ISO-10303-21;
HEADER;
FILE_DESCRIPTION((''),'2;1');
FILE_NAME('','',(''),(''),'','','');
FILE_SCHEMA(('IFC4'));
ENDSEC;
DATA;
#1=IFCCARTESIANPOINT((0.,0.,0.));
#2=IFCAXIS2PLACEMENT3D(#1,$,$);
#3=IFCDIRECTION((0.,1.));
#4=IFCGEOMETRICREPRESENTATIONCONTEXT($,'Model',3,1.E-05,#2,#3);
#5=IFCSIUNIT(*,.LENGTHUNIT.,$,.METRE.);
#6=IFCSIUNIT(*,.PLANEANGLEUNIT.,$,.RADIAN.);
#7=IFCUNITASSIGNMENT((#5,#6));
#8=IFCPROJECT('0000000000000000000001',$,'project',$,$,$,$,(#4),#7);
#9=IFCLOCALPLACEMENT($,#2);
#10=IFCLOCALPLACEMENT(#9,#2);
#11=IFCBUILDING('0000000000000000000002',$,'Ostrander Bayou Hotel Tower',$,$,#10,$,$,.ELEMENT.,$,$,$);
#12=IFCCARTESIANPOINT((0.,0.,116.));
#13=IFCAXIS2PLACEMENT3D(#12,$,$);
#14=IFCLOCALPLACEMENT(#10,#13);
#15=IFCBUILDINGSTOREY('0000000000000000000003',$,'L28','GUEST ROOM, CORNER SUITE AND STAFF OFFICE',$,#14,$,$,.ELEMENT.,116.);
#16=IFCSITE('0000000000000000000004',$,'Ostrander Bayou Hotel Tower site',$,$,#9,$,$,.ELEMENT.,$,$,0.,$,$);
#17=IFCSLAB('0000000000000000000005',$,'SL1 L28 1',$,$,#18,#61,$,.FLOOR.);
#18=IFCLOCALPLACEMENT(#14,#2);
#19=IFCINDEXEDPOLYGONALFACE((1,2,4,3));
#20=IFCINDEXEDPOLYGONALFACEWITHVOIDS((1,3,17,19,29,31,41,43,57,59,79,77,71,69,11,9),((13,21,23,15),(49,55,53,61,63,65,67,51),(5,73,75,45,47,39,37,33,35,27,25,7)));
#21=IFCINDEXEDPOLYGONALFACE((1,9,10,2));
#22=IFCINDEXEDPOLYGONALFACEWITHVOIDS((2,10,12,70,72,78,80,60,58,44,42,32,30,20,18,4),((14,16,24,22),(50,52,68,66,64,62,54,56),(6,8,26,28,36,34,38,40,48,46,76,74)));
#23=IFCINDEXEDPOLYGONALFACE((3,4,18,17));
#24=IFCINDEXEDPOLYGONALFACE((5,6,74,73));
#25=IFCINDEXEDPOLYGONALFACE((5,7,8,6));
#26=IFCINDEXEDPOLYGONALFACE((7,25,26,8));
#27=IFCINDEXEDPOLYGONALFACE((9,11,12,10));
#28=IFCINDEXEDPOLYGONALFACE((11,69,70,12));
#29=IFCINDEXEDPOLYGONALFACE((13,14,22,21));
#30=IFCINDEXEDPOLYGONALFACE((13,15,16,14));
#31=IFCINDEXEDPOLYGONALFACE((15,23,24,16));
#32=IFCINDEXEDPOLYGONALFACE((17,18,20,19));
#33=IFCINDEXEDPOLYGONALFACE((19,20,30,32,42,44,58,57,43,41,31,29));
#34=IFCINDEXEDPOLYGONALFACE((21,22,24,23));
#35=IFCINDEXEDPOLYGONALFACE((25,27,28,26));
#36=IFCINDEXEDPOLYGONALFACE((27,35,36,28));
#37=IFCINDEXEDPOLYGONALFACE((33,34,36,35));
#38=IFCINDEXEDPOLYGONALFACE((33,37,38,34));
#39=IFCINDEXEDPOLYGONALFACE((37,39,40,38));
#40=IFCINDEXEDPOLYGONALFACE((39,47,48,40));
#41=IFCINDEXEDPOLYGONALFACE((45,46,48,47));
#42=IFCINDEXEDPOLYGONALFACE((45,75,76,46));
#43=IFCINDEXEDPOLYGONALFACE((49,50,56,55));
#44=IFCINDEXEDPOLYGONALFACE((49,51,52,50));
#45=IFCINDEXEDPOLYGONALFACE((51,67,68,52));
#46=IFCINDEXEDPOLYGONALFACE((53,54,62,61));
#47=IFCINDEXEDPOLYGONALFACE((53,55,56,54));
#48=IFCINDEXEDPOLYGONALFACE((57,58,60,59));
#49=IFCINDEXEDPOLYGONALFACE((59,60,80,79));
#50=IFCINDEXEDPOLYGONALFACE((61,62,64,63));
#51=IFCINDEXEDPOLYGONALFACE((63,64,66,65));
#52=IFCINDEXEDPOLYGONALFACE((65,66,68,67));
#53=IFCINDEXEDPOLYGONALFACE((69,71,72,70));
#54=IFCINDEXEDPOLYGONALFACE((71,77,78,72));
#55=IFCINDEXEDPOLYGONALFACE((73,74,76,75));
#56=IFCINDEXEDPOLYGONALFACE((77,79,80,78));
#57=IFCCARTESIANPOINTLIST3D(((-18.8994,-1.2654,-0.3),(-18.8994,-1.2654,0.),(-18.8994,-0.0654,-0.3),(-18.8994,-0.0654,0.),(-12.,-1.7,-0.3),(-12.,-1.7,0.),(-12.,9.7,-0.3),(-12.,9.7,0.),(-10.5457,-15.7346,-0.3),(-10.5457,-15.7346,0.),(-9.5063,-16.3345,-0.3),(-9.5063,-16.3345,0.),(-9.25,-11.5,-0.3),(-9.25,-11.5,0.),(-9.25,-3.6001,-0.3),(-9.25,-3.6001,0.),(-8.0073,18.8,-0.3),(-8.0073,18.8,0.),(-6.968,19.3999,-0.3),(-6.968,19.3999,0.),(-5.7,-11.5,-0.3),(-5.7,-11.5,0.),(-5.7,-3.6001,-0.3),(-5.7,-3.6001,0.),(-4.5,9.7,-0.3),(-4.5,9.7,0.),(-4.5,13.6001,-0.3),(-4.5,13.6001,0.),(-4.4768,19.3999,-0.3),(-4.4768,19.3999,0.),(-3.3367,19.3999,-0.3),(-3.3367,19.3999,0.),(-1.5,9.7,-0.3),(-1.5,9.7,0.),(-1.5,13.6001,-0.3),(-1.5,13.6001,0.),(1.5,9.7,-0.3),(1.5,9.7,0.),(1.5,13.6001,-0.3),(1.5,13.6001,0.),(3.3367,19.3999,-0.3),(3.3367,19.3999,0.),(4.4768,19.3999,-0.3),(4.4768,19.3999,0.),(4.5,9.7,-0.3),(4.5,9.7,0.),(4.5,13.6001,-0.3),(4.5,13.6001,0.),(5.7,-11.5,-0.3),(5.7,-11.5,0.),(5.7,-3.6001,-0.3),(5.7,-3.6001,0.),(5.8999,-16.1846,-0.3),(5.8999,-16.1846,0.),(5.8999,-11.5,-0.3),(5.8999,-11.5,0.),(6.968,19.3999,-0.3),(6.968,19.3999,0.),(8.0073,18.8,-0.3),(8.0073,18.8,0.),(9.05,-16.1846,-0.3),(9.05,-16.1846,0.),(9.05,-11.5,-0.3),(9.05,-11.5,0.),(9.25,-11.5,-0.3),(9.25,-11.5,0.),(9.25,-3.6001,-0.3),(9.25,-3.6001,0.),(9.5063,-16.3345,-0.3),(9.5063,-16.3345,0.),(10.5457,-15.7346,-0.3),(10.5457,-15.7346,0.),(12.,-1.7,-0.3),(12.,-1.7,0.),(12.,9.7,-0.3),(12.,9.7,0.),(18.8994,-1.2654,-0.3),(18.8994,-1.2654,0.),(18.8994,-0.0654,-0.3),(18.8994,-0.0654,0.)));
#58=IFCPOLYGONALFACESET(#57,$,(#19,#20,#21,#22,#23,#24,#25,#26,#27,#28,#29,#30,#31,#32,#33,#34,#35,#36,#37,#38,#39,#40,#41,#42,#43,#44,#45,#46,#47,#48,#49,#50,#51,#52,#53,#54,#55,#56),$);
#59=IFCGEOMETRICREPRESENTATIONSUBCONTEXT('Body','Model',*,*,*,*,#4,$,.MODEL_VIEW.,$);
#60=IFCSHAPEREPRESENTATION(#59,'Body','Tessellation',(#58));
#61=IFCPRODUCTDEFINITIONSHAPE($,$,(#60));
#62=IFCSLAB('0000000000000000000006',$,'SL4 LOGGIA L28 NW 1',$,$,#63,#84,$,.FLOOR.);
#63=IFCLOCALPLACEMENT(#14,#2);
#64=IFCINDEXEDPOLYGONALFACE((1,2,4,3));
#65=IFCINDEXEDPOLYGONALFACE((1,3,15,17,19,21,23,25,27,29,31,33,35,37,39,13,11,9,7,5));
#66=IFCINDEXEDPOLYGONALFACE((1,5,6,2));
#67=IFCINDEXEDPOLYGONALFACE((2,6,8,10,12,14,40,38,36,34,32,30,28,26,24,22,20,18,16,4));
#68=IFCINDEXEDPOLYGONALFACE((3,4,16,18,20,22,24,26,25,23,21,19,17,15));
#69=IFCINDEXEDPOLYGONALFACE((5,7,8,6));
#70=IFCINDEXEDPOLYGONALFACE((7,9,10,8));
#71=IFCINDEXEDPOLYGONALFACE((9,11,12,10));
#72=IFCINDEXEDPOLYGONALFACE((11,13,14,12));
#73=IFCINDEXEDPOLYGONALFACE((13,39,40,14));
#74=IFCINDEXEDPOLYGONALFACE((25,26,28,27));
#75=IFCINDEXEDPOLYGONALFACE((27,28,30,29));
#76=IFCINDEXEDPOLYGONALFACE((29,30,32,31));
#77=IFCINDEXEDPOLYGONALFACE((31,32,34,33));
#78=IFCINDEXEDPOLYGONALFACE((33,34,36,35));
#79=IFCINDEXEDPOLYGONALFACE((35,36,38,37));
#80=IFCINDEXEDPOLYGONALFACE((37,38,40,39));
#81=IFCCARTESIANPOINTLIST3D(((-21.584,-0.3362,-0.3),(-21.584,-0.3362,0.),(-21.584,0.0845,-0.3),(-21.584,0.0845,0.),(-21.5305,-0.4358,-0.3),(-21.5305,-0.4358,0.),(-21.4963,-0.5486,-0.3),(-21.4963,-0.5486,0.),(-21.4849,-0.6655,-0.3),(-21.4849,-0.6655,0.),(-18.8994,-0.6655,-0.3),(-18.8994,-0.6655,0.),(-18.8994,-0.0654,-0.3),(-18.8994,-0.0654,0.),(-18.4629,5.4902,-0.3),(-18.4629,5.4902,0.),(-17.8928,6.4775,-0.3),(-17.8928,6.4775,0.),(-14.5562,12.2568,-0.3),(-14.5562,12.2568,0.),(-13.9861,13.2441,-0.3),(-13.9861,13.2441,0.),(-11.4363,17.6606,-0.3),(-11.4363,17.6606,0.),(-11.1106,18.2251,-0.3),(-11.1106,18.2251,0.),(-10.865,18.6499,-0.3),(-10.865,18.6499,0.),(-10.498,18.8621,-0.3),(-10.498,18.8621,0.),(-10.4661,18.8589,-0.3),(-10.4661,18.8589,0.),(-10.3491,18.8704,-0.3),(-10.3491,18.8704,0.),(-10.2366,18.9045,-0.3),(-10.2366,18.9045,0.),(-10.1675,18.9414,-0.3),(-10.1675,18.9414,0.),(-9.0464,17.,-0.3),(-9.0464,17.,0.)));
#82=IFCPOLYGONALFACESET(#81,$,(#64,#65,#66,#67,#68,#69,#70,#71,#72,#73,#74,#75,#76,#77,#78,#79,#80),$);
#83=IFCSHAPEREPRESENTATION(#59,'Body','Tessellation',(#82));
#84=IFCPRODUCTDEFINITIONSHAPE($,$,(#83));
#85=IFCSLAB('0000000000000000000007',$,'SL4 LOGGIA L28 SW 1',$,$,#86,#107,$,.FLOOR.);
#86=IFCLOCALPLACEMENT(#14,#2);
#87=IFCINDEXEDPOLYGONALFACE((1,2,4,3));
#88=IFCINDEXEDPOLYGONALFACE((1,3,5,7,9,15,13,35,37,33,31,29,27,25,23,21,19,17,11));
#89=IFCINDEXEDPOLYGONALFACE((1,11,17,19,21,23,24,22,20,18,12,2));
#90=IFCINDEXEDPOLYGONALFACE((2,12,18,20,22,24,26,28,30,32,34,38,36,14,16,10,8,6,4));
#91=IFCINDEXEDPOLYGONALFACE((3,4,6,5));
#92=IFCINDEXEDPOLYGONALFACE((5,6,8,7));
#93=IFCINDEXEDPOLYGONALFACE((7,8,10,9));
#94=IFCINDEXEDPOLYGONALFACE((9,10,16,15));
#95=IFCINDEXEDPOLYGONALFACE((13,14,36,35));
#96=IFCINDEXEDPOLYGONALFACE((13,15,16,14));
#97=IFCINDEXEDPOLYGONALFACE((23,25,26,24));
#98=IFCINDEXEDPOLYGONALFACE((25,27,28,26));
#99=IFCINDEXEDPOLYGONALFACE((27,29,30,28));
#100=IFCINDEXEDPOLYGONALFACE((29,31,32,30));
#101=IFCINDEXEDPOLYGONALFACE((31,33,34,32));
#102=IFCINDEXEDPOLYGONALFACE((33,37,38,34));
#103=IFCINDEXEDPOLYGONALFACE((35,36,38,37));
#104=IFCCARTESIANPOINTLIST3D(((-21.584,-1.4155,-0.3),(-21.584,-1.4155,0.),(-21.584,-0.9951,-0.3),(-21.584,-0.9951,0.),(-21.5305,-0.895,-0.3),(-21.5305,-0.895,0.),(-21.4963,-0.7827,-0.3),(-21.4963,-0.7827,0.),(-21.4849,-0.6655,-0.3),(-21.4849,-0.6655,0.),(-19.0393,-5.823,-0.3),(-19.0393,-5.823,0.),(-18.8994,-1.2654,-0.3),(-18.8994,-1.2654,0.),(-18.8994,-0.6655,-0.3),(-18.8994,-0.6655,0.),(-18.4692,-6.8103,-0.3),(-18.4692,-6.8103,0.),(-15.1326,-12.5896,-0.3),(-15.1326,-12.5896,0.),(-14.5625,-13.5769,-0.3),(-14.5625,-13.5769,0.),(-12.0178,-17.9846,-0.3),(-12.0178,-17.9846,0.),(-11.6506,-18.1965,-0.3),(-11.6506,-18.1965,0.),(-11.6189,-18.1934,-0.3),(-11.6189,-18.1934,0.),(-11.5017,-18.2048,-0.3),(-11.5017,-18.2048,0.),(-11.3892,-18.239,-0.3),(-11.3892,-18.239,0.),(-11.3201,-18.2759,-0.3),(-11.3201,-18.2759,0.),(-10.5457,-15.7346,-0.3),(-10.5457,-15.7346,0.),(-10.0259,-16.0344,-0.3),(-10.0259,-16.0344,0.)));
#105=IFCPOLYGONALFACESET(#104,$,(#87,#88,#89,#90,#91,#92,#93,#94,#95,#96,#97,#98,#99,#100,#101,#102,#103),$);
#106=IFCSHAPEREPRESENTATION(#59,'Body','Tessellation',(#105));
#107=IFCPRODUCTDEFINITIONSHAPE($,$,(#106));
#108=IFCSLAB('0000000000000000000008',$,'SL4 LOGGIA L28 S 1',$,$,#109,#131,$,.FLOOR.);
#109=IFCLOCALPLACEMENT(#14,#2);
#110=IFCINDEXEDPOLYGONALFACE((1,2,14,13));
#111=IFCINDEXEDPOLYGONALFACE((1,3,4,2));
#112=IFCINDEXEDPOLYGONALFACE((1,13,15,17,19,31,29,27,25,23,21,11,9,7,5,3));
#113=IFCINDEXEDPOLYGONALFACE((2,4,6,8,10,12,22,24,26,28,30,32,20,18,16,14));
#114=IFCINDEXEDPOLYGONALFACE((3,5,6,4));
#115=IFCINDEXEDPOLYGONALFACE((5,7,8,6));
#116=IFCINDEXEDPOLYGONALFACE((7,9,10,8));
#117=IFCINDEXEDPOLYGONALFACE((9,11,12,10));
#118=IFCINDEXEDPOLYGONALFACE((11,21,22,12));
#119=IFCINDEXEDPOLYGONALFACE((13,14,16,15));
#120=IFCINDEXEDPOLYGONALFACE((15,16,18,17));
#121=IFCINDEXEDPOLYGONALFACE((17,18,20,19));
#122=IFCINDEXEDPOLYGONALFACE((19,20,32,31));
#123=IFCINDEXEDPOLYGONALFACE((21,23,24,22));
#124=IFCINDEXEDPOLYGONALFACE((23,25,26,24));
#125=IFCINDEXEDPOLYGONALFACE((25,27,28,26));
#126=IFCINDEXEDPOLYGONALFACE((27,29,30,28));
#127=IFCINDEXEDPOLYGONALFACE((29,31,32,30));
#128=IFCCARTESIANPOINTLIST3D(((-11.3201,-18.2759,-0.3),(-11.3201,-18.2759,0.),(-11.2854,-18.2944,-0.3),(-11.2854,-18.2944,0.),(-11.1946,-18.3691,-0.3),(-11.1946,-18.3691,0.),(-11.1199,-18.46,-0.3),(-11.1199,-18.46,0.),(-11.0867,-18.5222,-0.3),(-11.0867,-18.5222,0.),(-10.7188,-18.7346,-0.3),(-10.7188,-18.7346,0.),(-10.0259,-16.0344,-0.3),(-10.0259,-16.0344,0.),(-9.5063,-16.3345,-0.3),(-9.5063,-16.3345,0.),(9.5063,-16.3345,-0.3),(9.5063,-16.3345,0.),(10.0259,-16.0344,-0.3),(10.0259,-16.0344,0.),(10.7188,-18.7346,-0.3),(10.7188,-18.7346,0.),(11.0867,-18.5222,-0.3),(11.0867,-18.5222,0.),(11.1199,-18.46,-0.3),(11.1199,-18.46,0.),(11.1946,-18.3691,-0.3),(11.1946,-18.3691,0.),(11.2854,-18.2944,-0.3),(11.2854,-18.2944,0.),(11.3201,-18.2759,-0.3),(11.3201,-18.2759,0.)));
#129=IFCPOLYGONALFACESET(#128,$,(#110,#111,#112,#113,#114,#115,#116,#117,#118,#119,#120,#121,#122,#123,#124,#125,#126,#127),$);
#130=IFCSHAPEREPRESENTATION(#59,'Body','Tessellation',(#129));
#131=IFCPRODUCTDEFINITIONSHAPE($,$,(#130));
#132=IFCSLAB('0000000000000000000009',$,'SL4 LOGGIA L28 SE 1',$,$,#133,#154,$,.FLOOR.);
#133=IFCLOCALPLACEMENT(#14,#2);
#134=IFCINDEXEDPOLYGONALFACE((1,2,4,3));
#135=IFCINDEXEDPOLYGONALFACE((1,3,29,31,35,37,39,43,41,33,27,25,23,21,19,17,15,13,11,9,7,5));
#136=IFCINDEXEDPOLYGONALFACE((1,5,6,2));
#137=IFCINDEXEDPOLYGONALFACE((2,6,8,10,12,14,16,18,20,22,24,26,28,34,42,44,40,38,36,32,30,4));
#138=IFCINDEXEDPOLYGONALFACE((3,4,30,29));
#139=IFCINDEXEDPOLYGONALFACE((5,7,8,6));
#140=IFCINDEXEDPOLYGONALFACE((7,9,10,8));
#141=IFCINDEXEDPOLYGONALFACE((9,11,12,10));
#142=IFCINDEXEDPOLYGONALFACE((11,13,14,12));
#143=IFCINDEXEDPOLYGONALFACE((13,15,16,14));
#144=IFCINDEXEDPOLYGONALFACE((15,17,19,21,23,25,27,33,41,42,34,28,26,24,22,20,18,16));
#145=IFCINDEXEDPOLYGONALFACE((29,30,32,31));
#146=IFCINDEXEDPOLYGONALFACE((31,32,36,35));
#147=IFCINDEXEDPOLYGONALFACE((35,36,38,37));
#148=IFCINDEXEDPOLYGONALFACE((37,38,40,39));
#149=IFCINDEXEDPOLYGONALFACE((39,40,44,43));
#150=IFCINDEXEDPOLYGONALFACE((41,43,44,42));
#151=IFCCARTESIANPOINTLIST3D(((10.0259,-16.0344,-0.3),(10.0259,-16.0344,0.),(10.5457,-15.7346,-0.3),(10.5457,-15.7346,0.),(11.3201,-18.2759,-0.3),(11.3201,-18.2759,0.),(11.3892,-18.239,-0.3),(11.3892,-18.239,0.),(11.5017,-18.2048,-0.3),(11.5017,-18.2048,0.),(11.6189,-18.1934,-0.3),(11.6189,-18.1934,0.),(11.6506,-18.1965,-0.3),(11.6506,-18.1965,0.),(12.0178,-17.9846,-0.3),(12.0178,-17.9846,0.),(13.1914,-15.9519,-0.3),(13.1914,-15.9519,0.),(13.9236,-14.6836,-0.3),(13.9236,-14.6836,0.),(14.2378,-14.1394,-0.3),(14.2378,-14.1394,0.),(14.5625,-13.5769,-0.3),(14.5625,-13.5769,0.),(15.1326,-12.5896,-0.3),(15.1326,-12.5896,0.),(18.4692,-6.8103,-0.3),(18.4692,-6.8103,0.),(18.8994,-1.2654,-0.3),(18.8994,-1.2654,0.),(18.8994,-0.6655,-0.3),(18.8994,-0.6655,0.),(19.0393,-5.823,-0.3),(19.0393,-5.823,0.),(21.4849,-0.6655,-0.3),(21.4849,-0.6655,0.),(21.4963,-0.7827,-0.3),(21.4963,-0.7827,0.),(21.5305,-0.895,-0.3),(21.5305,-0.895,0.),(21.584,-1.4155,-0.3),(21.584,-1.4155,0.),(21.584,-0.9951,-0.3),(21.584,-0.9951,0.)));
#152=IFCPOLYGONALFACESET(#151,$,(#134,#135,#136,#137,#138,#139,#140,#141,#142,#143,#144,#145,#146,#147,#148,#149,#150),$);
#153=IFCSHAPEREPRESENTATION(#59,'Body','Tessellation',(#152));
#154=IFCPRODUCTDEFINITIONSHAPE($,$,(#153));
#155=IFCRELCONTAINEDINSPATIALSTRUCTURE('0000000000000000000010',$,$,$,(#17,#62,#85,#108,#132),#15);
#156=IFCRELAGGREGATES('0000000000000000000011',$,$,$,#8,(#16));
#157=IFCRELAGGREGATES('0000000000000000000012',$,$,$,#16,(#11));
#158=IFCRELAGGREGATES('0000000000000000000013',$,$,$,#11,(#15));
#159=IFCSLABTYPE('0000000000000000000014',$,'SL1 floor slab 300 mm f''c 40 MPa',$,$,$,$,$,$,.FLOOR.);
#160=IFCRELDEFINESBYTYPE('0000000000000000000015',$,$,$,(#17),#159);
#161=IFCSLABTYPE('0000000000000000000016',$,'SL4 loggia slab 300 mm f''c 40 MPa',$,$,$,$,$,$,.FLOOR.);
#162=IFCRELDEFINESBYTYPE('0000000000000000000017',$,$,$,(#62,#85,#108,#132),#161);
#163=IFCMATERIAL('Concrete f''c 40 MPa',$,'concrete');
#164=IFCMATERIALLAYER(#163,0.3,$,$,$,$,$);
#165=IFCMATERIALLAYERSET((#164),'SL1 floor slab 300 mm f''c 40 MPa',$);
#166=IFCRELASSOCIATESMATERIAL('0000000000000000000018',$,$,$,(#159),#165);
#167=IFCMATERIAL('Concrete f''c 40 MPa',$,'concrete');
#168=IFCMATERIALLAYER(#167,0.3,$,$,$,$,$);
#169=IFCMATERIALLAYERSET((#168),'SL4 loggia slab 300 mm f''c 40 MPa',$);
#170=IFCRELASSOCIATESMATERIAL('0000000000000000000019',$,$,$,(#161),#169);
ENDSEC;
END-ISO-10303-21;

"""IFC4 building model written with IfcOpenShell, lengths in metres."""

from ifc_helpers import new_model, si_unit, direction, frame, origin, place, context, subcontext, project, spatial, polyline, outline, extrude, material, layer, layer_set, type_object, element, save


model = new_model("IFC4")

# Units and contexts
model_context = context("Model", 3, precision=1e-05, world=origin(), true_north=direction((0.0, 1.0)))
body_context = subcontext(model_context, "Body", "Model", "MODEL_VIEW")
ifc_project = project(units=[si_unit("LENGTHUNIT", "METRE"), si_unit("PLANEANGLEUNIT", "RADIAN")], contexts=[model_context])

# Site, building, storey
site_placement = place(None, origin())
site = spatial("IfcSite", under=ifc_project, at=site_placement, Name="Ostrander Bayou Hotel Tower site", CompositionType="ELEMENT", RefElevation=0.0)
building_placement = place(site_placement, origin())
building = spatial("IfcBuilding", under=site, at=building_placement, Name="Ostrander Bayou Hotel Tower", CompositionType="ELEMENT")
storey_placement = place(building_placement, frame((0.0, 0.0, 116.0)))
storey = spatial("IfcBuildingStorey", under=building, at=storey_placement, Name="L28", Description="GUEST ROOM, CORNER SUITE AND STAFF OFFICE", CompositionType="ELEMENT", Elevation=116.0)

# Slabs
ifc_material_1 = material(Name="Concrete f'c 40 MPa", Category="concrete")
ifc_layer_1 = layer(ifc_material_1, 0.3)
ifc_layer_set_1 = layer_set([ifc_layer_1], Name="SL1 floor slab 300 mm f'c 40 MPa")
slab_type_1 = type_object("IfcSlabType", Name="SL1 floor slab 300 mm f'c 40 MPa", PredefinedType="FLOOR", material=ifc_layer_set_1)
slab_1_placement = place(storey_placement, frame((0.0, 0.0, -0.3)))
element("IfcSlab", 1, at=slab_1_placement, inside=storey, type_object=slab_type_1, Name="SL1 L28 1", PredefinedType="FLOOR", context=body_context, shape_type="SweptSolid", body=[
    extrude(outline(polyline([(-3.3367, 19.3999), (3.3367, 19.3999), (4.4768, 19.3999), (6.968, 19.3999), (8.0073, 18.8), (18.8994, -0.0654), (18.8994, -1.2654), (10.5457, -15.7346), (9.5063, -16.3345), (-9.5063, -16.3345), (-10.5457, -15.7346), (-18.8994, -1.2654), (-18.8994, -0.0654), (-8.0073, 18.8), (-6.968, 19.3999), (-4.4768, 19.3999), (-3.3367, 19.3999)]), holes=[polyline([(-12.0, -1.7), (12.0, -1.7), (12.0, 9.7), (4.5, 9.7), (4.5, 13.6001), (1.5, 13.6001), (1.5, 9.7), (-1.5, 9.7), (-1.5, 13.6001), (-4.5, 13.6001), (-4.5, 9.7), (-12.0, 9.7), (-12.0, -1.7)]), polyline([(9.05, -11.5), (9.25, -11.5), (9.25, -3.6001), (5.7, -3.6001), (5.7, -11.5), (5.8999, -11.5), (5.8999, -16.1846), (9.05, -16.1846), (9.05, -11.5)]), polyline([(-5.7, -3.6001), (-9.25, -3.6001), (-9.25, -11.5), (-5.7, -11.5), (-5.7, -3.6001)])]), origin(), (0.0, 0.0, 1.0), 0.3),
])
ifc_material_2 = material(Name="Concrete f'c 40 MPa", Category="concrete")
ifc_layer_2 = layer(ifc_material_2, 0.3)
ifc_layer_set_2 = layer_set([ifc_layer_2], Name="SL4 loggia slab 300 mm f'c 40 MPa")
slab_type_2 = type_object("IfcSlabType", Name="SL4 loggia slab 300 mm f'c 40 MPa", PredefinedType="FLOOR", material=ifc_layer_set_2)
slab_2_placement = place(storey_placement, frame((0.0, 0.0, -0.3)))
element("IfcSlab", 2, at=slab_2_placement, inside=storey, type_object=slab_type_2, Name="SL4 LOGGIA L28 NW 1", PredefinedType="FLOOR", context=body_context, shape_type="SweptSolid", body=[
    extrude(outline(polyline([(-21.4849, -0.6655), (-21.4963, -0.5486), (-21.5305, -0.4358), (-21.584, -0.3362), (-21.584, 0.0845), (-18.4629, 5.4902), (-17.8928, 6.4775), (-14.5562, 12.2568), (-13.9861, 13.2441), (-11.4363, 17.6606), (-11.1106, 18.2251), (-10.865, 18.6499), (-10.498, 18.8621), (-10.4661, 18.8589), (-10.3491, 18.8704), (-10.2366, 18.9045), (-10.1675, 18.9414), (-9.0464, 17.0), (-18.8994, -0.0654), (-18.8994, -0.6655), (-21.4849, -0.6655)])), origin(), (0.0, 0.0, 1.0), 0.3),
])
slab_3_placement = place(storey_placement, frame((0.0, 0.0, -0.3)))
element("IfcSlab", 3, at=slab_3_placement, inside=storey, type_object=slab_type_2, Name="SL4 LOGGIA L28 SW 1", PredefinedType="FLOOR", context=body_context, shape_type="SweptSolid", body=[
    extrude(outline(polyline([(-10.0259, -16.0344), (-11.3201, -18.2759), (-11.3892, -18.239), (-11.5017, -18.2048), (-11.6189, -18.1934), (-11.6506, -18.1965), (-12.0178, -17.9846), (-14.5625, -13.5769), (-15.1326, -12.5896), (-18.4692, -6.8103), (-19.0393, -5.823), (-21.584, -1.4155), (-21.584, -0.9951), (-21.5305, -0.895), (-21.4963, -0.7827), (-21.4849, -0.6655), (-18.8994, -0.6655), (-18.8994, -1.2654), (-10.5457, -15.7346), (-10.0259, -16.0344)])), origin(), (0.0, 0.0, 1.0), 0.3),
])
slab_4_placement = place(storey_placement, frame((0.0, 0.0, -0.3)))
element("IfcSlab", 4, at=slab_4_placement, inside=storey, type_object=slab_type_2, Name="SL4 LOGGIA L28 S 1", PredefinedType="FLOOR", context=body_context, shape_type="SweptSolid", body=[
    extrude(outline(polyline([(10.0259, -16.0344), (11.3201, -18.2759), (11.2854, -18.2944), (11.1946, -18.3691), (11.1199, -18.46), (11.0867, -18.5222), (10.7188, -18.7346), (-10.7188, -18.7346), (-11.0867, -18.5222), (-11.1199, -18.46), (-11.1946, -18.3691), (-11.2854, -18.2944), (-11.3201, -18.2759), (-10.0259, -16.0344), (-9.5063, -16.3345), (9.5063, -16.3345), (10.0259, -16.0344)])), origin(), (0.0, 0.0, 1.0), 0.3),
])
slab_5_placement = place(storey_placement, frame((0.0, 0.0, -0.3)))
element("IfcSlab", 5, at=slab_5_placement, inside=storey, type_object=slab_type_2, Name="SL4 LOGGIA L28 SE 1", PredefinedType="FLOOR", context=body_context, shape_type="SweptSolid", body=[
    extrude(outline(polyline([(18.8994, -0.6655), (21.4849, -0.6655), (21.4963, -0.7827), (21.5305, -0.895), (21.584, -0.9951), (21.584, -1.4155), (19.0393, -5.823), (18.4692, -6.8103), (15.1326, -12.5896), (14.5625, -13.5769), (14.2378, -14.1394), (13.9236, -14.6836), (13.1914, -15.9519), (12.0178, -17.9846), (11.6506, -18.1965), (11.6189, -18.1934), (11.5017, -18.2048), (11.3892, -18.239), (11.3201, -18.2759), (10.0259, -16.0344), (10.5457, -15.7346), (18.8994, -1.2654), (18.8994, -0.6655)])), origin(), (0.0, 0.0, 1.0), 0.3),
])

save(model, "model.ifc")
